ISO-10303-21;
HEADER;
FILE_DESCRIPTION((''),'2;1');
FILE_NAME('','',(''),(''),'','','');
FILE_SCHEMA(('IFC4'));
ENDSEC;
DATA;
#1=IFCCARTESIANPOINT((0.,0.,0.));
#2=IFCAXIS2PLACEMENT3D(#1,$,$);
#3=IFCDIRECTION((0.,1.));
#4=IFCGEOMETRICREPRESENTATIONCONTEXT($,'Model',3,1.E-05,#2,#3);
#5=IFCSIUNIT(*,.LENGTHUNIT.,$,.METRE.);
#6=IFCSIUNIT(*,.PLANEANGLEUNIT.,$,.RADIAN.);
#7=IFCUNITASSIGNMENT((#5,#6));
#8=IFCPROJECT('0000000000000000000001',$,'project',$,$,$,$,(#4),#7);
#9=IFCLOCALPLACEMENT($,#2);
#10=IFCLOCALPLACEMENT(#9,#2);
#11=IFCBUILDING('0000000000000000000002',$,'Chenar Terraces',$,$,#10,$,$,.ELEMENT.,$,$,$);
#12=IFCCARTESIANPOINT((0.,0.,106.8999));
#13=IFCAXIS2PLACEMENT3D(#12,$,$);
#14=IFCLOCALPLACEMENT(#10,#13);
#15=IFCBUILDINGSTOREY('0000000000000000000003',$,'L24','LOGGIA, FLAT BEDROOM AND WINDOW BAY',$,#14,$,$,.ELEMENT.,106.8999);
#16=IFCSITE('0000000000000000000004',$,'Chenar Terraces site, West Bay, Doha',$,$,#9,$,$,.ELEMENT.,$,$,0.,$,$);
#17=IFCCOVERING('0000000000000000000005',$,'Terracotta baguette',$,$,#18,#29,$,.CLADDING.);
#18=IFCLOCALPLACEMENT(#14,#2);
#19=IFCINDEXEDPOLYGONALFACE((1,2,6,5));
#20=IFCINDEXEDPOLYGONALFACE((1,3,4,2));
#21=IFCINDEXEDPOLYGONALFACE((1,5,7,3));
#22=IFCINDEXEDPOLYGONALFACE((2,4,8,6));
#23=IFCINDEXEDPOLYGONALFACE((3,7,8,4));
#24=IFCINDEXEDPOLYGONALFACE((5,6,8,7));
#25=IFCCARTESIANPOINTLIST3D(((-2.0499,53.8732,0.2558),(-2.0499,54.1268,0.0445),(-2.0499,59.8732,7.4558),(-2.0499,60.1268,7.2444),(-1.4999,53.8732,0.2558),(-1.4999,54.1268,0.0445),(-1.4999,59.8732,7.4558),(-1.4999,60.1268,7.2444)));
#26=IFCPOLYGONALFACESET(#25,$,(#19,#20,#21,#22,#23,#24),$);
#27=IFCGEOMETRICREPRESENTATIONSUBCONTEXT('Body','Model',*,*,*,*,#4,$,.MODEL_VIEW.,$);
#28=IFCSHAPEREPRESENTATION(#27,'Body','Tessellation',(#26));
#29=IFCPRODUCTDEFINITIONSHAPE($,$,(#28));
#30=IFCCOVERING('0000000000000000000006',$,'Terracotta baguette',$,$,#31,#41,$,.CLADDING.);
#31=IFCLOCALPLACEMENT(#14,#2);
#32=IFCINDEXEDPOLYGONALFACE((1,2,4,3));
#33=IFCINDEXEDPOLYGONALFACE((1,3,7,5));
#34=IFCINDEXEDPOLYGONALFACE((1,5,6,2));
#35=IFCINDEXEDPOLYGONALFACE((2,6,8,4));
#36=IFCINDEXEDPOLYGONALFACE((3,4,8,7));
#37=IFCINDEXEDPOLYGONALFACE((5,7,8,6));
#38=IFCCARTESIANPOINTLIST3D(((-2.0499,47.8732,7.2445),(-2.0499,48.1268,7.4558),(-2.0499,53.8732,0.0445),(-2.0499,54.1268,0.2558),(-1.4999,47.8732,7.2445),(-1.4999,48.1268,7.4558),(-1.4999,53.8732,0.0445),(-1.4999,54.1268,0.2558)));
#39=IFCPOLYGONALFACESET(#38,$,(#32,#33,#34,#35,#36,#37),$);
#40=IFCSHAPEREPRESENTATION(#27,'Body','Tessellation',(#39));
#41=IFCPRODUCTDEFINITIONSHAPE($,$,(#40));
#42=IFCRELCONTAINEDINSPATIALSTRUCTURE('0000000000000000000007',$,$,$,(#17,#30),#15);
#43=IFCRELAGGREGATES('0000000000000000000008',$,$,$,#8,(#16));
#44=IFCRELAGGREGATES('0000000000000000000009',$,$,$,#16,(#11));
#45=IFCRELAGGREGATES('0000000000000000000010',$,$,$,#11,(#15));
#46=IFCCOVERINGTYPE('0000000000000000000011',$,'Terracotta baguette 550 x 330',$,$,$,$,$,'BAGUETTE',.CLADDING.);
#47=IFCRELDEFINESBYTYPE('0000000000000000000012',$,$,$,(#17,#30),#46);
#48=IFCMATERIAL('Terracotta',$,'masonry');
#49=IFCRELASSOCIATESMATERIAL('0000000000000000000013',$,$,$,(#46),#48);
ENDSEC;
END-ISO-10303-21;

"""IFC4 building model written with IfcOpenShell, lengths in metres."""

from ifc_helpers import new_model, si_unit, direction, frame, origin, origin_2d, place, context, subcontext, project, spatial, rectangle, extrude, material, material_profile, profile_set, type_object, element, save


model = new_model("IFC4")

# Units and contexts
model_context = context("Model", 3, precision=1e-05, world=origin(), true_north=direction((0.0, 1.0)))
body_context = subcontext(model_context, "Body", "Model", "MODEL_VIEW")
ifc_project = project(units=[si_unit("LENGTHUNIT", "METRE"), si_unit("PLANEANGLEUNIT", "RADIAN")], contexts=[model_context])

# Site, building, storey
site_placement = place(None, origin())
site = spatial("IfcSite", under=ifc_project, at=site_placement, Name="Chenar Terraces site, West Bay, Doha", CompositionType="ELEMENT", RefElevation=0.0)
building_placement = place(site_placement, origin())
building = spatial("IfcBuilding", under=site, at=building_placement, Name="Chenar Terraces", CompositionType="ELEMENT")
storey_placement = place(building_placement, frame((0.0, 0.0, 106.8999)))
storey = spatial("IfcBuildingStorey", under=building, at=storey_placement, Name="L24", Description="LOGGIA, FLAT BEDROOM AND WINDOW BAY", CompositionType="ELEMENT", Elevation=106.8999)

# Coverings
ifc_material_1 = material(Name="Terracotta", Category="masonry")
ifc_material_profile_1 = material_profile(ifc_material_1, rectangle(XDim=0.55, YDim=0.3301, at=origin_2d()), Name="Terracotta baguette 550 x 330")
ifc_profile_set_1 = profile_set([ifc_material_profile_1], Name="Terracotta")
covering_type = type_object("IfcCoveringType", Name="Terracotta baguette 550 x 330", ElementType="BAGUETTE", PredefinedType="CLADDING", material=ifc_profile_set_1)
for number, where, z_axis, x_axis, name in (
    (1, (-1.7749, 60.0, 7.3501), (0.0, -0.640187, -0.768219), (1.0, 0.0, 0.0), "Terracotta baguette"),
    (2, (-1.7749, 54.0, 0.1501), (0.0, -0.640187, 0.768219), (1.0, 0.0, 0.0), "Terracotta baguette"),
):
    element("IfcCovering", number, at=place(storey_placement, frame(where, z_axis=z_axis, x_axis=x_axis)), inside=storey, type_object=covering_type, Name=name, PredefinedType="CLADDING", context=body_context, shape_type="SweptSolid", body=[
        extrude(rectangle(XDim=0.55, YDim=0.3301, at=origin_2d()), origin(), (0.0, 0.0, 1.0), 9.3723),
    ])

save(model, "model.ifc")
